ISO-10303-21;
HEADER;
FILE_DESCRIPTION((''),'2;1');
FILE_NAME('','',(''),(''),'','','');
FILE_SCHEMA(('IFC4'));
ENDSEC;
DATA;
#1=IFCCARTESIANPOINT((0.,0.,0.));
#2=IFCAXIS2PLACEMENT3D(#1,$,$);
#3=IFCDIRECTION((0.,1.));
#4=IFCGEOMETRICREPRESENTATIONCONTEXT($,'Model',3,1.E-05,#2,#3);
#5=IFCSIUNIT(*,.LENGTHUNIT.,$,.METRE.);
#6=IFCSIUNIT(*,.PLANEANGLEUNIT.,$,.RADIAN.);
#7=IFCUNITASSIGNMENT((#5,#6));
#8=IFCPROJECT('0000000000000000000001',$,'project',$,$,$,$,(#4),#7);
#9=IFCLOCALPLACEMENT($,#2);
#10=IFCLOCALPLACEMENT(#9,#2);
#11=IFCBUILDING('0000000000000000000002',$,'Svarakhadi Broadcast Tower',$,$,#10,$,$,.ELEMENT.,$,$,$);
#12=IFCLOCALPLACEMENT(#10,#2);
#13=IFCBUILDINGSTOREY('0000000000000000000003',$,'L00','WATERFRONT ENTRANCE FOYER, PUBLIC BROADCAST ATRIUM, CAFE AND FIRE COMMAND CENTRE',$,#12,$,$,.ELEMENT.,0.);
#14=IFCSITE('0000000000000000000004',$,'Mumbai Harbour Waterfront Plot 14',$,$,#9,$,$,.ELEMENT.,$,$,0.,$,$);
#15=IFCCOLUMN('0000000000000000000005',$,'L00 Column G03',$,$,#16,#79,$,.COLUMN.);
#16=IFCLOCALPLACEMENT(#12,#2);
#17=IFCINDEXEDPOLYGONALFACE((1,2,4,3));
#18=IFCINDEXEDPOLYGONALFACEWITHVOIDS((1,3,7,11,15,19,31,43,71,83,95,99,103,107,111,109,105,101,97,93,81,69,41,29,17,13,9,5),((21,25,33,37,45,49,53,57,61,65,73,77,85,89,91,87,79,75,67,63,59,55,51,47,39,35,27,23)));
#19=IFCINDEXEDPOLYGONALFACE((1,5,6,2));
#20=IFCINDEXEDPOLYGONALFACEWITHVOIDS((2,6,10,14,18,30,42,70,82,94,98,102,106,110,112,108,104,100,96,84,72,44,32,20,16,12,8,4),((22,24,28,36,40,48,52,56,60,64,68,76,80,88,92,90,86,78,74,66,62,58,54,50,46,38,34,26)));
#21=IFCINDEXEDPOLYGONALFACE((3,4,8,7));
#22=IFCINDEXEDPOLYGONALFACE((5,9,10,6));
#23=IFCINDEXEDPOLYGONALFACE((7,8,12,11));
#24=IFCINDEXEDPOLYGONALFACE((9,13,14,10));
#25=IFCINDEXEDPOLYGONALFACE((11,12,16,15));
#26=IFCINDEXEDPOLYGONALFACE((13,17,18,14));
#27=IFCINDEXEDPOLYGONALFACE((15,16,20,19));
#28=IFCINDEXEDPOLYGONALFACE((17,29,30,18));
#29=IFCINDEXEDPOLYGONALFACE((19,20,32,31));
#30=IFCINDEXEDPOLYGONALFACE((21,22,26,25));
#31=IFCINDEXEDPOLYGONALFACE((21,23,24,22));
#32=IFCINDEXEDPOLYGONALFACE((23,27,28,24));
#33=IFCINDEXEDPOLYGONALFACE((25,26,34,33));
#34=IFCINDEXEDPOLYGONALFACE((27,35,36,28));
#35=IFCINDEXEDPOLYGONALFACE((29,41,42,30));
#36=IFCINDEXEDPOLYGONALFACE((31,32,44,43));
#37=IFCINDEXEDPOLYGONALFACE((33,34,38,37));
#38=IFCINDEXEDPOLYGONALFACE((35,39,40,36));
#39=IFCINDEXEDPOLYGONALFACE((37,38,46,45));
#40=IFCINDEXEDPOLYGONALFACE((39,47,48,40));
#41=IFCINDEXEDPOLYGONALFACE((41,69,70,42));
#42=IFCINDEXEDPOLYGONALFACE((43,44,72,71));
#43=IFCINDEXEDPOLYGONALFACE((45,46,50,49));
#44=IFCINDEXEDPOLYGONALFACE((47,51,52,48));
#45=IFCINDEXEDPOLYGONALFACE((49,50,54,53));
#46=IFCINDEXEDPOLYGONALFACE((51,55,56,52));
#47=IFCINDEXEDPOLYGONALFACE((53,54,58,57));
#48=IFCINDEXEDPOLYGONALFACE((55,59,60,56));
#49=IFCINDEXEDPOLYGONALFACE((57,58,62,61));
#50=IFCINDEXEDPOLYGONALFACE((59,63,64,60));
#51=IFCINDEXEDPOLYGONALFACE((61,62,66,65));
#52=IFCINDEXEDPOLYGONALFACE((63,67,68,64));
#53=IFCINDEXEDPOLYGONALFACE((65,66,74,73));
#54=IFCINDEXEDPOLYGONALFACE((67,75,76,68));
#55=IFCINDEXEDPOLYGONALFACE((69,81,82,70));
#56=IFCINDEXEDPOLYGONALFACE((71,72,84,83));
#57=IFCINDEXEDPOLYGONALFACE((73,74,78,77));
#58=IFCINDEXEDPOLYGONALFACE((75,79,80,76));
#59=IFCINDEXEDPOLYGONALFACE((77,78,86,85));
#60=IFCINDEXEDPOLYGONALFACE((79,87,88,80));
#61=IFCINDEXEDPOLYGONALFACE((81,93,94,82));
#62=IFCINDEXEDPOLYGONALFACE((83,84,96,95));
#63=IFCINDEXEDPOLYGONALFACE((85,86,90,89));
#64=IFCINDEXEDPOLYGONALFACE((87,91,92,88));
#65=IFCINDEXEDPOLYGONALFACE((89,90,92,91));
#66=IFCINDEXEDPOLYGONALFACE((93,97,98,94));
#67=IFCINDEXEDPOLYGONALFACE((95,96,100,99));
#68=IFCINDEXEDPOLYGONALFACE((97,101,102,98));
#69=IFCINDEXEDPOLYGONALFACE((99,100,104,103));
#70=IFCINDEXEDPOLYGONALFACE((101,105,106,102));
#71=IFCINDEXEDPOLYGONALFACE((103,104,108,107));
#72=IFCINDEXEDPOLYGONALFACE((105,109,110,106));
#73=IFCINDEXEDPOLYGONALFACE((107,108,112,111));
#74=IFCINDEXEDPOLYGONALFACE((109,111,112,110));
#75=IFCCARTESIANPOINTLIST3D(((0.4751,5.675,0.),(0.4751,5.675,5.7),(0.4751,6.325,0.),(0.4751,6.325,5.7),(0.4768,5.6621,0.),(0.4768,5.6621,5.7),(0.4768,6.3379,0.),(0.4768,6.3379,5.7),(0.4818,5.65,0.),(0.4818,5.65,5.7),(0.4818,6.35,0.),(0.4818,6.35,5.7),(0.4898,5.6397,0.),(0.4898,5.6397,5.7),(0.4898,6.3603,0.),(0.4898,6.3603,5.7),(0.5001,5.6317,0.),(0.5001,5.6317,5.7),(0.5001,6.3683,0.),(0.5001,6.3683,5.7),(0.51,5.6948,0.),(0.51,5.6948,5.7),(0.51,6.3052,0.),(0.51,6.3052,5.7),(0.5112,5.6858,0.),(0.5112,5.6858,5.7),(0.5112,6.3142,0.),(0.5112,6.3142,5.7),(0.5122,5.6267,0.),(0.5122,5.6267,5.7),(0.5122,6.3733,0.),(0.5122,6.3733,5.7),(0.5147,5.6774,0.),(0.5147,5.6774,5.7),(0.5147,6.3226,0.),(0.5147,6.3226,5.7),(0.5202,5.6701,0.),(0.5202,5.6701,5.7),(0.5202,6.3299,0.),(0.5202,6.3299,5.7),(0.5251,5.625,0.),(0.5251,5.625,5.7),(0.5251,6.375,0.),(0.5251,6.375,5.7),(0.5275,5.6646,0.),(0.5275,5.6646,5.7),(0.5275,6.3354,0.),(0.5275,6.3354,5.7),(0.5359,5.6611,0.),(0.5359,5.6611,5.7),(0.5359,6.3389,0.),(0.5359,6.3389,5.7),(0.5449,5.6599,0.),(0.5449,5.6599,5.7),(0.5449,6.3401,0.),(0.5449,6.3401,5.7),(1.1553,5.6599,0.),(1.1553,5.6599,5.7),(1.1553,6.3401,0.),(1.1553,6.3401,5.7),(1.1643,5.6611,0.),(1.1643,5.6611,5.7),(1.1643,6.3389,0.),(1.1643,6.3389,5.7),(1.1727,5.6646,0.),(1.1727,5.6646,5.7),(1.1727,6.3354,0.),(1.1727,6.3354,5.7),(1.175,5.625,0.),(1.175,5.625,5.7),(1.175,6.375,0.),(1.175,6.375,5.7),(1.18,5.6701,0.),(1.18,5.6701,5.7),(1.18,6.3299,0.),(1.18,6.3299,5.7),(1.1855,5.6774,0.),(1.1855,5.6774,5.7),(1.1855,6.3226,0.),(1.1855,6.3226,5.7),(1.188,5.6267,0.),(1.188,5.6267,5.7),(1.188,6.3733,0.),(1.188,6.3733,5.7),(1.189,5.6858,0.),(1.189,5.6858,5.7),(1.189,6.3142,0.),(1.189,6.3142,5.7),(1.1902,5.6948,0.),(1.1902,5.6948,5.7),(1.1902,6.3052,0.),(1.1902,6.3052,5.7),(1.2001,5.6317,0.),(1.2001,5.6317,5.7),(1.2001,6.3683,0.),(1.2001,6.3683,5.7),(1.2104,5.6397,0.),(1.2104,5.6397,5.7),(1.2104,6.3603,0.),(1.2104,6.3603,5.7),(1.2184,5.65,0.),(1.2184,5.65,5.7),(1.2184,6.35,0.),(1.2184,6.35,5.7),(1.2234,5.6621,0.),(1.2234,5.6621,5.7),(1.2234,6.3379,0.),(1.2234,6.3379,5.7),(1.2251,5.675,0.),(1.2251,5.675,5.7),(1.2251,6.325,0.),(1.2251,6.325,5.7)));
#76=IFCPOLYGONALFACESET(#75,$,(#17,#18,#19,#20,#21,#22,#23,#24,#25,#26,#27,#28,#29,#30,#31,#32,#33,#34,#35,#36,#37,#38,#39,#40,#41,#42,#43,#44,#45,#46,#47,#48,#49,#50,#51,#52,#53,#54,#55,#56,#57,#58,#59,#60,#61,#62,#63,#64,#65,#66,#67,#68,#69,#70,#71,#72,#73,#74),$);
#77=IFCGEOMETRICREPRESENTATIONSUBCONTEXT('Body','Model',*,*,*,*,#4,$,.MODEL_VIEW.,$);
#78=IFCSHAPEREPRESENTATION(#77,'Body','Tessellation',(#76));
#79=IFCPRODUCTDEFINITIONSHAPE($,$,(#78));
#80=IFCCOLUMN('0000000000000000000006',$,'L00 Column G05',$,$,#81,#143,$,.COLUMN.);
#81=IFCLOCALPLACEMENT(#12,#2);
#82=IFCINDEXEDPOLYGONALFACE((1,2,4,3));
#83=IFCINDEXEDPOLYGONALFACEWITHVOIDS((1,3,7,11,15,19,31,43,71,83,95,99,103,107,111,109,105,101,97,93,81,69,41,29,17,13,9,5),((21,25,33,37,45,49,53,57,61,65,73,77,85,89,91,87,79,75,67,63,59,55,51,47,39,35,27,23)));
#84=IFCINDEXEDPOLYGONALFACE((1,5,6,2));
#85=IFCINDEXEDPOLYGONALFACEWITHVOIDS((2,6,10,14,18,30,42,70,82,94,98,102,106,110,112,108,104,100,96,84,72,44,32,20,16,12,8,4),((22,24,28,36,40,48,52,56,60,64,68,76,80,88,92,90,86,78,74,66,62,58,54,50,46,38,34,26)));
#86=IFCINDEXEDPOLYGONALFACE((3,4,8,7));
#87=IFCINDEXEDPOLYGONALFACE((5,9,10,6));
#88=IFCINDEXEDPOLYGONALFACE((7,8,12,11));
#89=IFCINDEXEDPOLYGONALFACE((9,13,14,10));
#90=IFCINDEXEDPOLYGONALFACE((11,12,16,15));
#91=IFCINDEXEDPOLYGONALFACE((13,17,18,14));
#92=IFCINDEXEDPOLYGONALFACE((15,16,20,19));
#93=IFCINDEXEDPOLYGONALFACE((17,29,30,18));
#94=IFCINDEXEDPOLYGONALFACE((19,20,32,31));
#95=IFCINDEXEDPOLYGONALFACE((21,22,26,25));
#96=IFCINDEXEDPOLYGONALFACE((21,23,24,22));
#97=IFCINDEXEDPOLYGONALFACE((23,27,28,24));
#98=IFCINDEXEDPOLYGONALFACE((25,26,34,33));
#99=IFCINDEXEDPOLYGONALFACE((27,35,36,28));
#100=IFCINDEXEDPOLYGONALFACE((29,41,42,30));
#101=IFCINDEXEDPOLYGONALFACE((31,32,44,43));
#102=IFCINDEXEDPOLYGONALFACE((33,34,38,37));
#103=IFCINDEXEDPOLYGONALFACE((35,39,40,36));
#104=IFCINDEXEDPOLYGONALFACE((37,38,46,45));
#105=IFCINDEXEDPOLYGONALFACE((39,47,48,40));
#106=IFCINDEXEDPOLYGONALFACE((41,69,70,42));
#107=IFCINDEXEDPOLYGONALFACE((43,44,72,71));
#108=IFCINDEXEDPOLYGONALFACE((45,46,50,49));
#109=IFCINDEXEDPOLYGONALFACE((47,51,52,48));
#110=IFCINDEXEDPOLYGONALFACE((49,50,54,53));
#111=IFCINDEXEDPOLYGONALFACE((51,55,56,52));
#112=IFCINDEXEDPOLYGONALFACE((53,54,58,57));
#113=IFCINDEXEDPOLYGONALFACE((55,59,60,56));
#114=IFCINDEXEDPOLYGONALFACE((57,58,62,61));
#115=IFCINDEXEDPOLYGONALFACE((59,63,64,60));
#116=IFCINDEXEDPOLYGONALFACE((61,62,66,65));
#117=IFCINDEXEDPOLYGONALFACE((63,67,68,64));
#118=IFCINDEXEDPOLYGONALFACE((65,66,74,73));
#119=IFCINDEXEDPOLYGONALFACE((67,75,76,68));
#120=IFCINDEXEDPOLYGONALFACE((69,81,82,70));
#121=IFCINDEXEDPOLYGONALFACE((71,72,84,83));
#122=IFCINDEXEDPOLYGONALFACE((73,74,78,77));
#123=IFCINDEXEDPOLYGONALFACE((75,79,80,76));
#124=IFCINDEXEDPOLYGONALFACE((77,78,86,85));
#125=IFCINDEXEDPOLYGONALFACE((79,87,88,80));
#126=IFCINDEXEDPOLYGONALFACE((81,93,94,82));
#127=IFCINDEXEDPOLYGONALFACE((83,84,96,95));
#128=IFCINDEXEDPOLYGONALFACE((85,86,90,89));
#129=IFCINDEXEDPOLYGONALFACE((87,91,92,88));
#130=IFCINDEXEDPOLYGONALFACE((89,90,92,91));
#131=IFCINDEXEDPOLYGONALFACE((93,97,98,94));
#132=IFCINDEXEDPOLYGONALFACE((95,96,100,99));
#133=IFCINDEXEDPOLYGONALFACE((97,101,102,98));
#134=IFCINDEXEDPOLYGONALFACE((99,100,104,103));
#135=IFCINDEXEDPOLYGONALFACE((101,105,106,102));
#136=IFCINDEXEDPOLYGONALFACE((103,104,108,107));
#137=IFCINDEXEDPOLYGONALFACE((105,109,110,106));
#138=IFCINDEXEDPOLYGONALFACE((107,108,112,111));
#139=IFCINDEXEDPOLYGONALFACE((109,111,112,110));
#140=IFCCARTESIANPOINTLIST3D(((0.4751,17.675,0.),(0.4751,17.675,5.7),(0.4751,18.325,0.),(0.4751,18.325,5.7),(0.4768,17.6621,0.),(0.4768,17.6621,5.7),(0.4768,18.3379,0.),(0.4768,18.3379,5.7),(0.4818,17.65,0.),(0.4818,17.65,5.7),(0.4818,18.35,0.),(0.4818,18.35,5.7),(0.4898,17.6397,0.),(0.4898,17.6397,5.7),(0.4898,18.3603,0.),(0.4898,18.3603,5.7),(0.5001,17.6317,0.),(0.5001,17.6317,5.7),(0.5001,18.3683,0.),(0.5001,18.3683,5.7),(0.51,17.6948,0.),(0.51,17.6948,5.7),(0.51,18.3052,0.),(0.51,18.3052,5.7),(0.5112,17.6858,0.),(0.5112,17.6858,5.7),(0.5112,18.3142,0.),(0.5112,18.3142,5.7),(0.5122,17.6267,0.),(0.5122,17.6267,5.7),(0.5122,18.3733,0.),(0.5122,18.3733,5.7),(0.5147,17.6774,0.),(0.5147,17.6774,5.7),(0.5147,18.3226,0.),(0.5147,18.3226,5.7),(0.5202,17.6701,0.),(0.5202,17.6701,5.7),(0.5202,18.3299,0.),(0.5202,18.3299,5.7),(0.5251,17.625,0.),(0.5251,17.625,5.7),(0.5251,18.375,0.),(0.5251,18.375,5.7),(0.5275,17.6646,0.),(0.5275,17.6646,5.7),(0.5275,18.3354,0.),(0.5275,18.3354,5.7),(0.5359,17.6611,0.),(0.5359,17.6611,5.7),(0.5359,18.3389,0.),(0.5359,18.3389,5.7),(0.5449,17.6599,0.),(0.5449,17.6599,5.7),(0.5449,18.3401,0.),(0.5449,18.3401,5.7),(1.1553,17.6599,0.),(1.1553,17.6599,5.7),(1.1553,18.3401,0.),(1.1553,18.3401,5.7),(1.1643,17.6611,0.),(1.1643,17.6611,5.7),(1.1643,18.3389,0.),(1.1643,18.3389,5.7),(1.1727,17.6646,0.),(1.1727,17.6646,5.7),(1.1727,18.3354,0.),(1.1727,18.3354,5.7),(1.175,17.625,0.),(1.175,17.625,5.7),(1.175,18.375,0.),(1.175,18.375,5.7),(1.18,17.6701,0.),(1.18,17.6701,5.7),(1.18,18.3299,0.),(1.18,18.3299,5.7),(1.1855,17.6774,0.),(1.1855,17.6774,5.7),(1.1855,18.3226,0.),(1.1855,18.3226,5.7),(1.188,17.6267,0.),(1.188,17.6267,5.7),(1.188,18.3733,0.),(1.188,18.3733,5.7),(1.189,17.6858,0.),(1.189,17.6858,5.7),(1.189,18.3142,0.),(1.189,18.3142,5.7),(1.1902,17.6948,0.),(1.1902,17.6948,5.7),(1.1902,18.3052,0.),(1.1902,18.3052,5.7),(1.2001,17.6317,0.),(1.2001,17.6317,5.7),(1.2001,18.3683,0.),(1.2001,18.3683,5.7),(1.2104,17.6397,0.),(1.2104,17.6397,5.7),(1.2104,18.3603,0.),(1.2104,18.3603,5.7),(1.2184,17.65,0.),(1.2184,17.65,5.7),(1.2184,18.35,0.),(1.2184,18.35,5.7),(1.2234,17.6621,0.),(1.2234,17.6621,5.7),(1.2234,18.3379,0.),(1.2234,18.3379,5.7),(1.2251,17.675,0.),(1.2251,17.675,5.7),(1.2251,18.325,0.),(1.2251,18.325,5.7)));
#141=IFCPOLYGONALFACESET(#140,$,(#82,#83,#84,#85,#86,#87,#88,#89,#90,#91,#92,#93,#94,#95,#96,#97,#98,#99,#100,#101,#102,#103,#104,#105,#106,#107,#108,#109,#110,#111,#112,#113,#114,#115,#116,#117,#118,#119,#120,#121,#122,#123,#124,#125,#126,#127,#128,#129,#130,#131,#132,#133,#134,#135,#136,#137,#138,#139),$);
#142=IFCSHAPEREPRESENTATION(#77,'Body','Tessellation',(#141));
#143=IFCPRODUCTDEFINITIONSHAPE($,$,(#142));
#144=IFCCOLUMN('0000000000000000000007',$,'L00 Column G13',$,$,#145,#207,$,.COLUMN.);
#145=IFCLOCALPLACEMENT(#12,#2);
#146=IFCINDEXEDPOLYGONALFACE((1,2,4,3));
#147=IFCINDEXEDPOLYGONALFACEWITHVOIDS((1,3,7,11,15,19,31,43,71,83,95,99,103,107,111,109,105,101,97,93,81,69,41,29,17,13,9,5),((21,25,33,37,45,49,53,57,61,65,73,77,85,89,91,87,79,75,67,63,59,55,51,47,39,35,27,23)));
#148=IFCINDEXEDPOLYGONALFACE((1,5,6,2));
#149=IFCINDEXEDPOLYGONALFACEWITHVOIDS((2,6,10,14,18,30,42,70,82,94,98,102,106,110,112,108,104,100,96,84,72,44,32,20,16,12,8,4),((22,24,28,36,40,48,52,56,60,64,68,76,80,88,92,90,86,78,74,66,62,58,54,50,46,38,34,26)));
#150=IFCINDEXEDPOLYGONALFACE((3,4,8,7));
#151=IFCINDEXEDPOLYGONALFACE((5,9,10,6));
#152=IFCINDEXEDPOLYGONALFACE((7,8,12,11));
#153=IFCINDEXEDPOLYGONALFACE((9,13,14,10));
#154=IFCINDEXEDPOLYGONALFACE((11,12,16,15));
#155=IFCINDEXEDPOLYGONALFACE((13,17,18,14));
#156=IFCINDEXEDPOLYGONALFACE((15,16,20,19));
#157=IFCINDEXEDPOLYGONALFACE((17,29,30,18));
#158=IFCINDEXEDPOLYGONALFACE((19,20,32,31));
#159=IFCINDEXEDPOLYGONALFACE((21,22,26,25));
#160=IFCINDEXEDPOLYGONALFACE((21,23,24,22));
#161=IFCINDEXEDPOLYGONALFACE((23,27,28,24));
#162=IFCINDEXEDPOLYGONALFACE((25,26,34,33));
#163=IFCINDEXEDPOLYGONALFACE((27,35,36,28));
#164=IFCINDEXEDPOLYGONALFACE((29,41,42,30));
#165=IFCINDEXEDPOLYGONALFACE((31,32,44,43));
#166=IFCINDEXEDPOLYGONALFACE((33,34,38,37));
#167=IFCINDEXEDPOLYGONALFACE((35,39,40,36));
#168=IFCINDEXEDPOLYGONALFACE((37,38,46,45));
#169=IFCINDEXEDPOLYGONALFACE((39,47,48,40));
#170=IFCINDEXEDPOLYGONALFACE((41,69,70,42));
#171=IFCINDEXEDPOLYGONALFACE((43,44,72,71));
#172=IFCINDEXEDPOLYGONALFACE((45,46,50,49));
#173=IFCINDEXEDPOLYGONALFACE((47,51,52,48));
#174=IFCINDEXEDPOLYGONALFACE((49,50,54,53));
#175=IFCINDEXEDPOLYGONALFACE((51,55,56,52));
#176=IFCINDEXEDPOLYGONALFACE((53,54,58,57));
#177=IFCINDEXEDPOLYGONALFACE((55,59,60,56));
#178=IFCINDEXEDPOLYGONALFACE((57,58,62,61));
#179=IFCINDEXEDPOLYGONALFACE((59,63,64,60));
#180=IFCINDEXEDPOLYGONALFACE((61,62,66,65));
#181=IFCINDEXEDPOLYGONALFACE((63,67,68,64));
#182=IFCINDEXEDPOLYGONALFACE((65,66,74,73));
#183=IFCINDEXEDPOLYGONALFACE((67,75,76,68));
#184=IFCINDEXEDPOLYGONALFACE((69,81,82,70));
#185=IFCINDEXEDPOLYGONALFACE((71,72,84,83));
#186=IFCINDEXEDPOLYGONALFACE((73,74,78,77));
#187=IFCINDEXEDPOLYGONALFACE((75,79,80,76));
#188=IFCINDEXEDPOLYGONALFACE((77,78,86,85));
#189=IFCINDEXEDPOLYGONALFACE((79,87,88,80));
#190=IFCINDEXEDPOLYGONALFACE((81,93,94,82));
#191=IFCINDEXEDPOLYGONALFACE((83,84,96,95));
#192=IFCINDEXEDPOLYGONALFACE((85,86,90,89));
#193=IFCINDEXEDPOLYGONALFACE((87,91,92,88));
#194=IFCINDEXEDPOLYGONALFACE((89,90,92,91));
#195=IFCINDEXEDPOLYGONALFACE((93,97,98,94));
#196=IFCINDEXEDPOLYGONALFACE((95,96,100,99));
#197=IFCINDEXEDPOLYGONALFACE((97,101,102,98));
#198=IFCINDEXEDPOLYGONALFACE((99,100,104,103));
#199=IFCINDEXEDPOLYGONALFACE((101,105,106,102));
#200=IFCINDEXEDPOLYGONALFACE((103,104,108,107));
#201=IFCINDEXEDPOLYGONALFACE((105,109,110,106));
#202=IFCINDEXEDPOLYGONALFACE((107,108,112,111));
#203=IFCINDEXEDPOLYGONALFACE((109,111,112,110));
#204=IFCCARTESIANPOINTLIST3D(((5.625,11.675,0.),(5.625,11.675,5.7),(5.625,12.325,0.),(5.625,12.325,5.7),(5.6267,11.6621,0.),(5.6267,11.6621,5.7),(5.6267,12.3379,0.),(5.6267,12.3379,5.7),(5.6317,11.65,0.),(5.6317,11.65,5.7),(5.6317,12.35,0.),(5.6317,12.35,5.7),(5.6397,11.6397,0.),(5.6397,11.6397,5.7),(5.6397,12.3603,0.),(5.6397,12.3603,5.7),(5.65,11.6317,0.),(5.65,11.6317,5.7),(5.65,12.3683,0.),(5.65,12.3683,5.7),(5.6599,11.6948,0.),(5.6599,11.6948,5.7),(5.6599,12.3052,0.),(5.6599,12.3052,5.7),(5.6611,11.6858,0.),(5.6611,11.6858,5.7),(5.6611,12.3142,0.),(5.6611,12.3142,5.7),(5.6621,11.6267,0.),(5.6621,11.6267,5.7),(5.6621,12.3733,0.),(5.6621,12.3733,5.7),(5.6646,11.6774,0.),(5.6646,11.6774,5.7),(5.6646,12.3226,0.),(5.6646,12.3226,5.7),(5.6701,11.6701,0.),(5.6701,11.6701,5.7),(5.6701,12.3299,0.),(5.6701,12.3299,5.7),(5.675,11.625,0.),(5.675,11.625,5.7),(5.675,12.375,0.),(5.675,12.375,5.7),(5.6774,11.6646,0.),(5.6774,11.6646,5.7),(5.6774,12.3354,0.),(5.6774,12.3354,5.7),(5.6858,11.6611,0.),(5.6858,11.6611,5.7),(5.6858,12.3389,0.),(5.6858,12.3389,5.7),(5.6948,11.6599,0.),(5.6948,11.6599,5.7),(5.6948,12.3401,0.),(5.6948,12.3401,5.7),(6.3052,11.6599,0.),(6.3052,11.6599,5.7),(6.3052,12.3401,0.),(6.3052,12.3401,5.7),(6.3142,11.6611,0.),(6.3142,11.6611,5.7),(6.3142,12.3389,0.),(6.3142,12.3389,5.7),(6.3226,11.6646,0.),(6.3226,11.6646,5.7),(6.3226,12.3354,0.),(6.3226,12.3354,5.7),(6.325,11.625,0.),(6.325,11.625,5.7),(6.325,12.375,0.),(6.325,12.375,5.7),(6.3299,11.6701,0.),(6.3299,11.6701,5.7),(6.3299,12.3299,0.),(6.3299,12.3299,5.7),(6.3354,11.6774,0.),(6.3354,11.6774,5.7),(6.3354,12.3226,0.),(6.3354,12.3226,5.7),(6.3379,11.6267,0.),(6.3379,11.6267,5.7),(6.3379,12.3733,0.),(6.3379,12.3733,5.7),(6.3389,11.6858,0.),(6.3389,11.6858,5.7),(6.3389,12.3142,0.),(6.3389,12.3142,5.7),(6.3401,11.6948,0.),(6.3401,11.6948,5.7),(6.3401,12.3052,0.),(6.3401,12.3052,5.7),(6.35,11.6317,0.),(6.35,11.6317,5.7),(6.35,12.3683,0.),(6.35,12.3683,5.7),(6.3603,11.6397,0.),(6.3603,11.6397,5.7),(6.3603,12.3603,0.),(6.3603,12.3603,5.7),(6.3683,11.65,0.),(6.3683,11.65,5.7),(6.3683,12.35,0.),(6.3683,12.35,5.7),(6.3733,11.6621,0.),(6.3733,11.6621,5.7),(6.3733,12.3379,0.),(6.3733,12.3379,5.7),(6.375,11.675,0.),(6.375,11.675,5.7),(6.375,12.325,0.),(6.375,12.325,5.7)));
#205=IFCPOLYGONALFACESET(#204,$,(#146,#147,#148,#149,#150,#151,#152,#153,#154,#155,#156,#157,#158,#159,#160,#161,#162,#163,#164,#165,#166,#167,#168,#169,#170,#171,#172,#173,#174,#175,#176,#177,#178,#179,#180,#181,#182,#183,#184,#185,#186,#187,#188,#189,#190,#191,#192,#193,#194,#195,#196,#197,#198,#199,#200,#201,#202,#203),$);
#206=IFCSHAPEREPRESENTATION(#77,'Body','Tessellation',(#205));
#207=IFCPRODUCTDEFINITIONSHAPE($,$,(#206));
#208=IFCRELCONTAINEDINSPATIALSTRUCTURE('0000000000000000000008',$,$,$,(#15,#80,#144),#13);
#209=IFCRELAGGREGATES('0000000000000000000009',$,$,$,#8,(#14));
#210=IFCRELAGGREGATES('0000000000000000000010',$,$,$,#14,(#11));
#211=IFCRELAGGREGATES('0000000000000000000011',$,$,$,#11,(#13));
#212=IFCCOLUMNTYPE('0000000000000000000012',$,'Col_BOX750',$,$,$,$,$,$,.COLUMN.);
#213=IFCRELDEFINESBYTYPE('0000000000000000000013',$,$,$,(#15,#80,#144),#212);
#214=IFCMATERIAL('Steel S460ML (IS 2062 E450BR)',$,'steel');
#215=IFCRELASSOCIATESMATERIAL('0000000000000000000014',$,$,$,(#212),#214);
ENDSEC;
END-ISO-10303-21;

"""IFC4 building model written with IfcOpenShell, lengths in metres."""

from ifc_helpers import new_model, si_unit, direction, frame, origin, origin_2d, place, context, subcontext, project, spatial, hollow_rectangle, extrude, material, material_profile, profile_set, type_object, element, save


model = new_model("IFC4")

# Units and contexts
model_context = context("Model", 3, precision=1e-05, world=origin(), true_north=direction((0.0, 1.0)))
body_context = subcontext(model_context, "Body", "Model", "MODEL_VIEW")
ifc_project = project(units=[si_unit("LENGTHUNIT", "METRE"), si_unit("PLANEANGLEUNIT", "RADIAN")], contexts=[model_context])

# Site, building, storey
site_placement = place(None, origin())
site = spatial("IfcSite", under=ifc_project, at=site_placement, Name="Mumbai Harbour Waterfront Plot 14", CompositionType="ELEMENT", RefElevation=0.0)
building_placement = place(site_placement, origin())
building = spatial("IfcBuilding", under=site, at=building_placement, Name="Svarakhadi Broadcast Tower", CompositionType="ELEMENT")
storey_placement = place(building_placement, origin())
storey = spatial("IfcBuildingStorey", under=building, at=storey_placement, Name="L00", Description="WATERFRONT ENTRANCE FOYER, PUBLIC BROADCAST ATRIUM, CAFE AND FIRE COMMAND CENTRE", CompositionType="ELEMENT", Elevation=0.0)

# Columns
ifc_material_1 = material(Name="Steel S460ML (IS 2062 E450BR)", Category="steel")
ifc_material_profile_1 = material_profile(ifc_material_1, hollow_rectangle(XDim=0.75, YDim=0.75, WallThickness=0.0349, InnerFilletRadius=0.0349, OuterFilletRadius=0.05, at=origin_2d()), Name="BOX 750x750x35")
ifc_profile_set_1 = profile_set([ifc_material_profile_1], Name="Steel S460ML (IS 2062 E450BR)")
column_type_1 = type_object("IfcColumnType", Name="Col_BOX750", PredefinedType="COLUMN", material=ifc_profile_set_1)
for number, where, z_axis, x_axis, name in (
    (1, (0.8501, 6.0, 0.0), (0.0, 0.0, 1.0), (1.0, 0.0, 0.0), "L00 Column G03"),
    (2, (0.8501, 18.0, 0.0), (0.0, 0.0, 1.0), (1.0, 0.0, 0.0), "L00 Column G05"),
    (3, (6.0, 12.0, 0.0), (0.0, 0.0, 1.0), (1.0, 0.0, 0.0), "L00 Column G13"),
):
    element("IfcColumn", number, at=place(storey_placement, frame(where, z_axis=z_axis, x_axis=x_axis)), inside=storey, type_object=column_type_1, Name=name, PredefinedType="COLUMN", context=body_context, shape_type="SweptSolid", body=[
        extrude(hollow_rectangle(XDim=0.75, YDim=0.75, WallThickness=0.0349, InnerFilletRadius=0.0349, OuterFilletRadius=0.05, at=origin_2d()), origin(), (0.0, 0.0, 1.0), 5.7),
    ])

save(model, "model.ifc")
